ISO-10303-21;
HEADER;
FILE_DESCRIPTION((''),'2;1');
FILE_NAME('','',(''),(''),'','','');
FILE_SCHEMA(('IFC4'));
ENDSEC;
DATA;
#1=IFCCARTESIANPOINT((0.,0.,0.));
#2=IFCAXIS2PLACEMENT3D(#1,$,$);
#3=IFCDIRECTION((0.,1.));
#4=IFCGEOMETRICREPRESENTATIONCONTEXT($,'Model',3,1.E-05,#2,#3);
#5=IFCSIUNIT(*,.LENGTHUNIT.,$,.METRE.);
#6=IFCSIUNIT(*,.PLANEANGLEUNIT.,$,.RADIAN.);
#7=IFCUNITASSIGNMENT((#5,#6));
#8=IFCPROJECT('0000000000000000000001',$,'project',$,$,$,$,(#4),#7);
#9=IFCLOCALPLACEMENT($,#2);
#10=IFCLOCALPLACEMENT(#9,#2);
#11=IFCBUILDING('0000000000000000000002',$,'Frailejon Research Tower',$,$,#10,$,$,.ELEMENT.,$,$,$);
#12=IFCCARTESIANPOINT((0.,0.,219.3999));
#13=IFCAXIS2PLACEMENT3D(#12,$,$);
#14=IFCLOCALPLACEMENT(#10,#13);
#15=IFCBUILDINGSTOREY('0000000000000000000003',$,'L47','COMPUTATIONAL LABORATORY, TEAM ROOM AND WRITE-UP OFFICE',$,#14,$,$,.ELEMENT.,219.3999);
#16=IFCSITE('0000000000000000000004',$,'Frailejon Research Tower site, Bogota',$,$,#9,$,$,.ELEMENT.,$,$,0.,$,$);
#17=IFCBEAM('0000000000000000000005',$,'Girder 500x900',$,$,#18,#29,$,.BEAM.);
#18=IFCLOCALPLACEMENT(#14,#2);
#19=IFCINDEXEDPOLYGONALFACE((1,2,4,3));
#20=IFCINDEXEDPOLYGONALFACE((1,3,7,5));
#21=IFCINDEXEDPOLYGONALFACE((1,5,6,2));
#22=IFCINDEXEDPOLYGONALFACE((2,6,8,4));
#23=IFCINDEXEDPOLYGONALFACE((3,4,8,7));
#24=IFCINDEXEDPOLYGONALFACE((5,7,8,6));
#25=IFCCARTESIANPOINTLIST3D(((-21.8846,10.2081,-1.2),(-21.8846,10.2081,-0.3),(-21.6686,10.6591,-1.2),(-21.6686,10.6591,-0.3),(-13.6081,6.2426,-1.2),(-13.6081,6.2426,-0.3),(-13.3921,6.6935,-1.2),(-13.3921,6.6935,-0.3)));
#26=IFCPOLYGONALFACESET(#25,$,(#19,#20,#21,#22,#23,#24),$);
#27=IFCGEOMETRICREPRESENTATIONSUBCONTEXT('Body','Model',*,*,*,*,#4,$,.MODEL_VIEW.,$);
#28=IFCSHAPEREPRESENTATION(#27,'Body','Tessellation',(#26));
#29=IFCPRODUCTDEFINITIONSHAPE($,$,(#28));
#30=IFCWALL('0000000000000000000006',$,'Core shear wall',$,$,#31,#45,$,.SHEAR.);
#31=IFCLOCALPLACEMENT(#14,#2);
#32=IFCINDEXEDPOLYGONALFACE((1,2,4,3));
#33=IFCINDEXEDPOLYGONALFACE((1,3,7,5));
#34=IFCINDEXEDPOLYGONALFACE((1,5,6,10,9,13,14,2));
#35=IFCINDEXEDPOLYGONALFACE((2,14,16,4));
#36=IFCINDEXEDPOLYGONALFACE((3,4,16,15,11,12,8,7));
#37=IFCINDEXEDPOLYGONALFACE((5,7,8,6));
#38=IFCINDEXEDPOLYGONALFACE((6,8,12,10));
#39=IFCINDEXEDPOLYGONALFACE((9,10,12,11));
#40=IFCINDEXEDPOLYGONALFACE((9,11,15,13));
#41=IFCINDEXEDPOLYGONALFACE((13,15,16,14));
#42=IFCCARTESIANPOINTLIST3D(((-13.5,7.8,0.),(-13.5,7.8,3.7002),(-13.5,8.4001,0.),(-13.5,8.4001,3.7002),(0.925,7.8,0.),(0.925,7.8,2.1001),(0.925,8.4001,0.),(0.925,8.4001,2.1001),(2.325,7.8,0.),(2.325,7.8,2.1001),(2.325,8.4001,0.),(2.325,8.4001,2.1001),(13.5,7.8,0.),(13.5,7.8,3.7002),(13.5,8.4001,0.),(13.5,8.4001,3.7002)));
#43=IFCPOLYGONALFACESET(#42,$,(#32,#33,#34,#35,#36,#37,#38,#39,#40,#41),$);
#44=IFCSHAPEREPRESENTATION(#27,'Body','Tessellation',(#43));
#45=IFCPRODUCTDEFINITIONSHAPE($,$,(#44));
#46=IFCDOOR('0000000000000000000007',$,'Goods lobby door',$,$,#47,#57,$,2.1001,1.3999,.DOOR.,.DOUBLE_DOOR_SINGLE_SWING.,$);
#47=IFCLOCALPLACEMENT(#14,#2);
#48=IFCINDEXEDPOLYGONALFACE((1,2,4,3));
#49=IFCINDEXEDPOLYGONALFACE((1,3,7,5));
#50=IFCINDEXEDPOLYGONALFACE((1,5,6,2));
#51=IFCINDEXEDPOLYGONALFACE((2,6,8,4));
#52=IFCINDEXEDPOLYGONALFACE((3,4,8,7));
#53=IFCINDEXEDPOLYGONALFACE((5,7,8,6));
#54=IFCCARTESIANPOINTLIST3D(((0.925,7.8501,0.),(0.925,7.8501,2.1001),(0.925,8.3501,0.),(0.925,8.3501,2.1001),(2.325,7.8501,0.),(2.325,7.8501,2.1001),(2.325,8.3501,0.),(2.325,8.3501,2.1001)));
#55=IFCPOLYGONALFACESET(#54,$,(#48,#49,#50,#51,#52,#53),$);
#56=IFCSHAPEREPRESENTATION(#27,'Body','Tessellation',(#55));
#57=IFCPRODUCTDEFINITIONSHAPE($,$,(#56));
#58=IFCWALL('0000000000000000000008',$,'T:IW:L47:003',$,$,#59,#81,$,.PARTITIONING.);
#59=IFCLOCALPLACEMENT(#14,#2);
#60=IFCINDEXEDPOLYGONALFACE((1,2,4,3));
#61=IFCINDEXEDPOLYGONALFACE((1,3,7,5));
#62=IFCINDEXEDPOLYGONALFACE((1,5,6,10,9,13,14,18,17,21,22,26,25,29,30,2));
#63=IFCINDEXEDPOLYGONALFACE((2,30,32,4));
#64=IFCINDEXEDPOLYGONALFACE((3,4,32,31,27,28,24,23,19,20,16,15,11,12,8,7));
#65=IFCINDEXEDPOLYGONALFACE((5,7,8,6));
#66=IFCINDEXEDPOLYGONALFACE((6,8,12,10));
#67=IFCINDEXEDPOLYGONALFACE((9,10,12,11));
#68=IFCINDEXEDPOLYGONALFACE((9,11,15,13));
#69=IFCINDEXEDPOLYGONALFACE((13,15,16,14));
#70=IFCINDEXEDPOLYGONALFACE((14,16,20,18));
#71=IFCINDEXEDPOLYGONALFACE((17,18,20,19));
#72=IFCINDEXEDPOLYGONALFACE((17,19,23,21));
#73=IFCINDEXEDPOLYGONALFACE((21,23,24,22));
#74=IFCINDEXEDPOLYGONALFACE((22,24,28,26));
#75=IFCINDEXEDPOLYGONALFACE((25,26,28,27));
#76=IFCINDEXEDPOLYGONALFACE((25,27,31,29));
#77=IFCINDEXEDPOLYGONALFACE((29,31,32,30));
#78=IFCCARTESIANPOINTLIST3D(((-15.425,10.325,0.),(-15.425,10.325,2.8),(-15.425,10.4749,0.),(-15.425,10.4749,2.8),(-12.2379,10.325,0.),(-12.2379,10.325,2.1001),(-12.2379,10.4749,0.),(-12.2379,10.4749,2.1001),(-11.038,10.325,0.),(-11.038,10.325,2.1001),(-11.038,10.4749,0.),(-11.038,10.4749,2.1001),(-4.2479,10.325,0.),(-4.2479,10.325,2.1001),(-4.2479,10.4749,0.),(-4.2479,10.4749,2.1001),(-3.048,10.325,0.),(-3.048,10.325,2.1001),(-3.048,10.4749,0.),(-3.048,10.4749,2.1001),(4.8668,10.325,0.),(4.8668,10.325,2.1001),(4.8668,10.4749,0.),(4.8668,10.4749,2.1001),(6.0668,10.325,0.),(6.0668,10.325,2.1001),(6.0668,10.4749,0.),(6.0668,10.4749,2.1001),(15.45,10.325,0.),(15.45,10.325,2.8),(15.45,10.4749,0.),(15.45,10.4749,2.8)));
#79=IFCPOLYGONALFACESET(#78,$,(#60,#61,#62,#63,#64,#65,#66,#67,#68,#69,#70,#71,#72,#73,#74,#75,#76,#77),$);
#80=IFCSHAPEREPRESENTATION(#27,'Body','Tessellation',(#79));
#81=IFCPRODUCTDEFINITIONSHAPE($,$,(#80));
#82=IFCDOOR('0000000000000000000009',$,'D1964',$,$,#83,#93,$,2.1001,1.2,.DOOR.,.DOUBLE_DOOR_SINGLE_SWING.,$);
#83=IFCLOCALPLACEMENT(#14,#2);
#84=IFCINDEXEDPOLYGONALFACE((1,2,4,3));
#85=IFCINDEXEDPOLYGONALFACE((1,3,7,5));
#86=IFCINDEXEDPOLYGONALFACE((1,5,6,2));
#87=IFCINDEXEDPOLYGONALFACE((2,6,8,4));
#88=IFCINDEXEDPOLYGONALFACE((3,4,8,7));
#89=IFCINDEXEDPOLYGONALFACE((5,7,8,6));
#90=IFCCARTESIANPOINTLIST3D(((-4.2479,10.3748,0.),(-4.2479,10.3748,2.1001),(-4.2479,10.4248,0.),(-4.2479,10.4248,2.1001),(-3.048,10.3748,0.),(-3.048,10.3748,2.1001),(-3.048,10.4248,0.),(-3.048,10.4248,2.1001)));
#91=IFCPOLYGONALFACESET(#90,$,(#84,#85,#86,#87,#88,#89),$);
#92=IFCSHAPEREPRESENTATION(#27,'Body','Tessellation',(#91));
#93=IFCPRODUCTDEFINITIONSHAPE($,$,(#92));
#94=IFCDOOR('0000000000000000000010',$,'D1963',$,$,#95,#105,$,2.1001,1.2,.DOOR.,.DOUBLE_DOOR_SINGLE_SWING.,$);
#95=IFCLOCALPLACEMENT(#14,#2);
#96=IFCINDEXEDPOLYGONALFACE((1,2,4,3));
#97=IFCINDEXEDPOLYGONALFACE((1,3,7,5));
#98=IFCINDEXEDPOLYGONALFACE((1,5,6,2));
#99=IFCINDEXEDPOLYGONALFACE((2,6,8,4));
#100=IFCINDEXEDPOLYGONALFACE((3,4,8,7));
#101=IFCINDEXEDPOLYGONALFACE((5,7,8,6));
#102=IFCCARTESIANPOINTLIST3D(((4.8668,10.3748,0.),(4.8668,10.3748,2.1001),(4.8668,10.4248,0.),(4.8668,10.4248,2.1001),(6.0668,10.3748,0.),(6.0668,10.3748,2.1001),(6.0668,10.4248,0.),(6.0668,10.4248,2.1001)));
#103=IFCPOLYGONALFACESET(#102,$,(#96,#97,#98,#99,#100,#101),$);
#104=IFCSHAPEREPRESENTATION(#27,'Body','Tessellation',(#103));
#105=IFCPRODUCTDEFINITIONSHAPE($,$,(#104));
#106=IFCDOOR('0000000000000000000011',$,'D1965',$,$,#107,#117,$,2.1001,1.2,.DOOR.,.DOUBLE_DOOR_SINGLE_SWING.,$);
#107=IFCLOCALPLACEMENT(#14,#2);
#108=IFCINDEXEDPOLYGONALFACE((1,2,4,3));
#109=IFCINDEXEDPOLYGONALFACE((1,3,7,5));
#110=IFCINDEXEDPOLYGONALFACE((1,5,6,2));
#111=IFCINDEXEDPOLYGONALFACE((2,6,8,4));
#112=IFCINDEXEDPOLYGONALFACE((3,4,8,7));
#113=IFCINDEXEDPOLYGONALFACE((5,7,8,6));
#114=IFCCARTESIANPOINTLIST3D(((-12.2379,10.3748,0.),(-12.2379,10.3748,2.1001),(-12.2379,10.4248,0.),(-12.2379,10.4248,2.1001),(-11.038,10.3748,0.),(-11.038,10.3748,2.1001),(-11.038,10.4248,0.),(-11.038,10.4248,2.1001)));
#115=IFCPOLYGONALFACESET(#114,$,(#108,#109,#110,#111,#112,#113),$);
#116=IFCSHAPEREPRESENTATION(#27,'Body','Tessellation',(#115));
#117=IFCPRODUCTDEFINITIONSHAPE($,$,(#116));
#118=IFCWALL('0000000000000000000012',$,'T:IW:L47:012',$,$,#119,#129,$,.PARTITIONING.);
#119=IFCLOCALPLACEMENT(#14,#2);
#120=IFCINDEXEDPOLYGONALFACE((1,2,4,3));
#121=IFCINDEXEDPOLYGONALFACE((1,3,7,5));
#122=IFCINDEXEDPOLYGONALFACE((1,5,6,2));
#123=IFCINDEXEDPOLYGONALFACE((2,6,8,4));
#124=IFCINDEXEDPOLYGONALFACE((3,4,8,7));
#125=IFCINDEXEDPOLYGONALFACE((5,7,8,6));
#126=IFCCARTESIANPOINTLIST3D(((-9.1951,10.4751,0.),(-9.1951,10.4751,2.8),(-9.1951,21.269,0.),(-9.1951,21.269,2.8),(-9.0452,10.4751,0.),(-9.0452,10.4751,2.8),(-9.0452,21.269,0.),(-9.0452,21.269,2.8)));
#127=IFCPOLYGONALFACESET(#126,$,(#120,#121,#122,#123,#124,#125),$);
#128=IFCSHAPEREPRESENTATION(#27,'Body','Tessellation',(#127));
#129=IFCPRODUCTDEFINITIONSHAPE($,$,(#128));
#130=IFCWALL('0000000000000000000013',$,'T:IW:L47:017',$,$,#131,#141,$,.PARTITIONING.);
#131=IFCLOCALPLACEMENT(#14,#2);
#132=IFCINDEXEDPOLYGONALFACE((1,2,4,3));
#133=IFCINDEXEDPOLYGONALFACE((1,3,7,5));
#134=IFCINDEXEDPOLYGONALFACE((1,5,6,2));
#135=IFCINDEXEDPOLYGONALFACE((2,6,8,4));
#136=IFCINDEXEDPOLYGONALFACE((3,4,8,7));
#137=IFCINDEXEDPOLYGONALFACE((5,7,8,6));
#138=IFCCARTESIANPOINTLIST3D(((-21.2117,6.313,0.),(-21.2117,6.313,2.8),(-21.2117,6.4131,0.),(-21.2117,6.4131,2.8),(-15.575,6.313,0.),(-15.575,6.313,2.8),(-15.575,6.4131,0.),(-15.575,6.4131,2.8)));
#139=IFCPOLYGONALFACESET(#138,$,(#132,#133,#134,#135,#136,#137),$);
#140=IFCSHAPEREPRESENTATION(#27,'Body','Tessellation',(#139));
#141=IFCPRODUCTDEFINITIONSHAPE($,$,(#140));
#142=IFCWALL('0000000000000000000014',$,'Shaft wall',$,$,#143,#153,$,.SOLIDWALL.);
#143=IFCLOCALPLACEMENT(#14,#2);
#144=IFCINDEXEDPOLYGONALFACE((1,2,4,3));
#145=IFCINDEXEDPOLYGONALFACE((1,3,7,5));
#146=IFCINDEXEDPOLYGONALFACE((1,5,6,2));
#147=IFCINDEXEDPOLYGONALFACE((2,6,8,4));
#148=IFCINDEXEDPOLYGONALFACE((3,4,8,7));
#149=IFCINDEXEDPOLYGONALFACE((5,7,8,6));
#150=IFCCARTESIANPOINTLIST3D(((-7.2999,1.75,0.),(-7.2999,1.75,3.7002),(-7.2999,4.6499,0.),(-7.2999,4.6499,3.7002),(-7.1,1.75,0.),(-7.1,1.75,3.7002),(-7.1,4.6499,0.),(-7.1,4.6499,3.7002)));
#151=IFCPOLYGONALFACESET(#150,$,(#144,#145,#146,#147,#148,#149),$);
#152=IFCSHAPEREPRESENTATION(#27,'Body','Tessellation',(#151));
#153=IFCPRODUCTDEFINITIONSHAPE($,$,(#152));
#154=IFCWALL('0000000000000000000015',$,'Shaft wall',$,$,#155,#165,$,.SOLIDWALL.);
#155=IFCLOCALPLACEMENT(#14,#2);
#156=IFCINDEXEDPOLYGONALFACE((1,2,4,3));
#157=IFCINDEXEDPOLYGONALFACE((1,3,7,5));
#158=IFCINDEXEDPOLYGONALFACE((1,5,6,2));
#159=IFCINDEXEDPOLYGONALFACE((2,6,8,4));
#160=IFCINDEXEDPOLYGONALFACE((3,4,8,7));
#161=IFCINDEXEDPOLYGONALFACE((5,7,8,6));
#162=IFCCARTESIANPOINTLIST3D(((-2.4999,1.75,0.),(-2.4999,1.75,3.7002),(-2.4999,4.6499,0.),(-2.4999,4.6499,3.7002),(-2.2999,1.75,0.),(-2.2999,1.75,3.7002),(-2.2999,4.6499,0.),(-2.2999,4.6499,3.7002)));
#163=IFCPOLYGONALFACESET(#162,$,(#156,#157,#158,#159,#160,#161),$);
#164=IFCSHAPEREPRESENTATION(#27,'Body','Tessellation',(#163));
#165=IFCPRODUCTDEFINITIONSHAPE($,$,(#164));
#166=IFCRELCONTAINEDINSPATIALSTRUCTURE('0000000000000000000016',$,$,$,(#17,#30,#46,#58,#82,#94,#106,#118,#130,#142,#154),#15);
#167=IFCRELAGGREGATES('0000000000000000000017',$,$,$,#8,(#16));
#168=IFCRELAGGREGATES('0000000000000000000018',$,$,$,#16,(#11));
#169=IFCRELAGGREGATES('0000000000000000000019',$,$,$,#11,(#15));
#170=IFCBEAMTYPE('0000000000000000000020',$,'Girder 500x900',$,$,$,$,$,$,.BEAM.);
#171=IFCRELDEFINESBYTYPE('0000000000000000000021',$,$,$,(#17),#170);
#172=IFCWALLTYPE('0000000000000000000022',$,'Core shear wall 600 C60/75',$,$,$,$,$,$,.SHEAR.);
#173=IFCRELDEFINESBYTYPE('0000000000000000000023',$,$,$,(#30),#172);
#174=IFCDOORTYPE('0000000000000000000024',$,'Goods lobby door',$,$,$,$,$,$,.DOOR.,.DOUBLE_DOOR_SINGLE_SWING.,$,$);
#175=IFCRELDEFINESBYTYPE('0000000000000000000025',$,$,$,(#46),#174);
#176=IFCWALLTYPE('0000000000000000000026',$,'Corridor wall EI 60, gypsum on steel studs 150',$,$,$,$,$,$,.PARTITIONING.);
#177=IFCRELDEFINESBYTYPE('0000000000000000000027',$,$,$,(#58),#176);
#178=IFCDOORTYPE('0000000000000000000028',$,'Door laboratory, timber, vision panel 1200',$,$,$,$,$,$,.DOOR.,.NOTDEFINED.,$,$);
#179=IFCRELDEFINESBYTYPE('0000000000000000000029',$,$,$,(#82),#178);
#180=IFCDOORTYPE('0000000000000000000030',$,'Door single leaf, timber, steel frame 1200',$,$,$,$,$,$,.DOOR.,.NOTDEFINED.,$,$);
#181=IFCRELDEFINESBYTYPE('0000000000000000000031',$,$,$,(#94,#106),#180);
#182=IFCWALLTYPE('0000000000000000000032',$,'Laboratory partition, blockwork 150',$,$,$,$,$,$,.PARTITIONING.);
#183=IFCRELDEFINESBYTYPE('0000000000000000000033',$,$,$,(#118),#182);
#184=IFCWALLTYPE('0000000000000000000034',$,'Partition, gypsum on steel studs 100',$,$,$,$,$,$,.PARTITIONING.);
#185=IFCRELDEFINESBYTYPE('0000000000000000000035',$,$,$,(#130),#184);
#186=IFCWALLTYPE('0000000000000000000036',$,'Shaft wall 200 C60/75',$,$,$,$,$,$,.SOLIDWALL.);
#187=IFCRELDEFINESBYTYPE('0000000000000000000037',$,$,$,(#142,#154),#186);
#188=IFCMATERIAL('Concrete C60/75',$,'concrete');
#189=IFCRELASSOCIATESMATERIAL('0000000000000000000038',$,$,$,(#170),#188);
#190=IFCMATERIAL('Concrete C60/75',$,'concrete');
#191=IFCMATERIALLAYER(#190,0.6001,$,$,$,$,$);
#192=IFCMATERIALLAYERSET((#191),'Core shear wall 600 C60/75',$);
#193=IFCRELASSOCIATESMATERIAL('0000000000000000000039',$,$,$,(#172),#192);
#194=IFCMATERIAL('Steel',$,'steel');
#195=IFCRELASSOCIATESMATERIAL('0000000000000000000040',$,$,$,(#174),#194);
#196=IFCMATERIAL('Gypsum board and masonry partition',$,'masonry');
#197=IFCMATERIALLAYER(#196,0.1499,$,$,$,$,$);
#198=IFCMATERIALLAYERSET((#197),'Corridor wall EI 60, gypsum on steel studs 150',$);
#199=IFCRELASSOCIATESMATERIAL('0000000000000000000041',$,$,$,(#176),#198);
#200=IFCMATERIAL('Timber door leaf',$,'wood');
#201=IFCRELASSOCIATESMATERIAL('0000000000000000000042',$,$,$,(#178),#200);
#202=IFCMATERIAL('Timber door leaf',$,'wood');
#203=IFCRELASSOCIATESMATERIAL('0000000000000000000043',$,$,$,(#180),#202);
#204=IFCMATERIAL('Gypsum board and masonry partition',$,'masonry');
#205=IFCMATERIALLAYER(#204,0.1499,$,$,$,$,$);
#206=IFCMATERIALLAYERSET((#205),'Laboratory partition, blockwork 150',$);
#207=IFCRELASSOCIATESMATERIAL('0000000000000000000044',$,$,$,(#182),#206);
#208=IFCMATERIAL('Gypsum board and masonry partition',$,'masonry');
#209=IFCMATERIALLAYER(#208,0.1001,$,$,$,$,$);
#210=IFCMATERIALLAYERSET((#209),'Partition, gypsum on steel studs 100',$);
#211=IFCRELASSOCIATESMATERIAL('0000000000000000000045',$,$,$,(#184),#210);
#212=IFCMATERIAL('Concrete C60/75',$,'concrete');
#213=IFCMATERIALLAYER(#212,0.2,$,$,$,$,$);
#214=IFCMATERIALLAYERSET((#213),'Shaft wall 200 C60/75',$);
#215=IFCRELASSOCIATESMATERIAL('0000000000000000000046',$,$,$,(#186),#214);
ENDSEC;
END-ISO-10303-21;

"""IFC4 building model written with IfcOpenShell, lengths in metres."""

from ifc_helpers import new_model, si_unit, direction, frame, frame_2d, origin, origin_2d, place, context, subcontext, project, spatial, rectangle, extrude, material, layer, layer_set, material_profile, profile_set, type_object, element, fill, save


model = new_model("IFC4")

# Units and contexts
model_context = context("Model", 3, precision=1e-05, world=origin(), true_north=direction((0.0, 1.0)))
body_context = subcontext(model_context, "Body", "Model", "MODEL_VIEW")
ifc_project = project(units=[si_unit("LENGTHUNIT", "METRE"), si_unit("PLANEANGLEUNIT", "RADIAN")], contexts=[model_context])

# Site, building, storey
site_placement = place(None, origin())
site = spatial("IfcSite", under=ifc_project, at=site_placement, Name="Frailejon Research Tower site, Bogota", CompositionType="ELEMENT", RefElevation=0.0)
building_placement = place(site_placement, origin())
building = spatial("IfcBuilding", under=site, at=building_placement, Name="Frailejon Research Tower", CompositionType="ELEMENT")
storey_placement = place(building_placement, frame((0.0, 0.0, 219.3999)))
storey = spatial("IfcBuildingStorey", under=building, at=storey_placement, Name="L47", Description="COMPUTATIONAL LABORATORY, TEAM ROOM AND WRITE-UP OFFICE", CompositionType="ELEMENT", Elevation=219.3999)

# Beam
ifc_material_1 = material(Name="Concrete C60/75", Category="concrete")
ifc_material_profile = material_profile(ifc_material_1, rectangle(XDim=0.5, YDim=0.8999, at=origin_2d()), Name="Girder 500x900")
ifc_profile_set = profile_set([ifc_material_profile], Name="Concrete C60/75")
beam_type = type_object("IfcBeamType", Name="Girder 500x900", PredefinedType="BEAM", material=ifc_profile_set)
beam_placement = place(storey_placement, frame((-21.7766, 10.4336, -0.75), z_axis=(0.901829, -0.432094, 0.0), x_axis=(0.432094, 0.901829, 0.0)))
element("IfcBeam", 1, at=beam_placement, inside=storey, type_object=beam_type, Name="Girder 500x900", PredefinedType="BEAM", context=body_context, shape_type="SweptSolid", body=[
    extrude(rectangle(XDim=0.5, YDim=0.8999, at=origin_2d()), origin(), (0.0, 0.0, 1.0), 9.1775),
])

# Wall, opening, door
ifc_material_2 = material(Name="Concrete C60/75", Category="concrete")
ifc_layer_1 = layer(ifc_material_2, 0.6001)
ifc_layer_set_1 = layer_set([ifc_layer_1], Name="Core shear wall 600 C60/75")
wall_type_1 = type_object("IfcWallType", Name="Core shear wall 600 C60/75", PredefinedType="SHEAR", material=ifc_layer_set_1)
wall_1_placement = place(storey_placement, frame((-13.5, 8.1001, 0.0), z_axis=(0.0, 0.0, 1.0), x_axis=(1.0, 0.0, 0.0)))
wall_1 = element("IfcWall", 2, at=wall_1_placement, inside=storey, type_object=wall_type_1, Name="Core shear wall", PredefinedType="SHEAR", context=body_context, shape_type="SweptSolid", body=[
    extrude(rectangle(XDim=27.0, YDim=0.6001, at=frame_2d((13.5, 0.0))), origin(), (0.0, 0.0, 1.0), 3.7002),
])
opening_1_placement = place(wall_1_placement, frame((14.425, 0.0, 0.0)))
opening_1 = element("IfcOpeningElement", 3, at=opening_1_placement, cuts=wall_1, PredefinedType="OPENING", context=body_context, shape_type="SweptSolid", body=[
    extrude(rectangle(XDim=1.3999, YDim=2.1001, at=frame_2d((0.7, 1.05))), frame((0.0, 0.3101, 0.0), z_axis=(0.0, -1.0, 0.0), x_axis=(1.0, 0.0, 0.0)), (0.0, 0.0, 1.0), 0.6201),
])
ifc_material_3 = material(Name="Steel", Category="steel")
door_type_1 = type_object("IfcDoorType", Name="Goods lobby door", OperationType="DOUBLE_DOOR_SINGLE_SWING", PredefinedType="DOOR", material=ifc_material_3)
door_1_placement = place(opening_1_placement, origin())
door_1 = element("IfcDoor", 4, at=door_1_placement, inside=storey, type_object=door_type_1, Name="Goods lobby door", OperationType="DOUBLE_DOOR_SINGLE_SWING", OverallHeight=2.1001, OverallWidth=1.3999, PredefinedType="DOOR", context=body_context, shape_type="SweptSolid", body=[
    extrude(rectangle(XDim=1.3999, YDim=2.1001, at=frame_2d((0.7, 1.05))), frame((0.0, 0.25, 0.0), z_axis=(0.0, -1.0, 0.0), x_axis=(1.0, 0.0, 0.0)), (0.0, 0.0, 1.0), 0.5),
])
fill(opening_1, door_1)

# Wall, openings, doors
ifc_material_4 = material(Name="Gypsum board and masonry partition", Category="masonry")
ifc_layer_2 = layer(ifc_material_4, 0.1499)
ifc_layer_set_2 = layer_set([ifc_layer_2], Name="Corridor wall EI 60, gypsum on steel studs 150")
wall_type_2 = type_object("IfcWallType", Name="Corridor wall EI 60, gypsum on steel studs 150", PredefinedType="PARTITIONING", material=ifc_layer_set_2)
wall_2_placement = place(storey_placement, frame((-15.425, 10.3999, 0.0), z_axis=(0.0, 0.0, 1.0), x_axis=(1.0, 0.0, 0.0)))
wall_2 = element("IfcWall", 5, at=wall_2_placement, inside=storey, type_object=wall_type_2, Name="T:IW:L47:003", PredefinedType="PARTITIONING", context=body_context, shape_type="SweptSolid", body=[
    extrude(rectangle(XDim=30.875, YDim=0.1499, at=frame_2d((15.4375, 0.0))), origin(), (0.0, 0.0, 1.0), 2.8),
])
opening_2_placement = place(wall_2_placement, frame((20.2917, 0.0, 0.0)))
opening_2 = element("IfcOpeningElement", 6, at=opening_2_placement, cuts=wall_2, PredefinedType="OPENING", context=body_context, shape_type="SweptSolid", body=[
    extrude(rectangle(XDim=1.2, YDim=2.1001, at=frame_2d((0.6001, 1.05))), frame((0.0, 0.085, 0.0), z_axis=(0.0, -1.0, 0.0), x_axis=(1.0, 0.0, 0.0)), (0.0, 0.0, 1.0), 0.1699),
])
opening_3_placement = place(wall_2_placement, frame((11.177, 0.0, 0.0)))
opening_3 = element("IfcOpeningElement", 7, at=opening_3_placement, cuts=wall_2, PredefinedType="OPENING", context=body_context, shape_type="SweptSolid", body=[
    extrude(rectangle(XDim=1.2, YDim=2.1001, at=frame_2d((0.6001, 1.05))), frame((0.0, 0.085, 0.0), z_axis=(0.0, -1.0, 0.0), x_axis=(1.0, 0.0, 0.0)), (0.0, 0.0, 1.0), 0.1699),
])
opening_4_placement = place(wall_2_placement, frame((3.187, 0.0, 0.0)))
opening_4 = element("IfcOpeningElement", 8, at=opening_4_placement, cuts=wall_2, PredefinedType="OPENING", context=body_context, shape_type="SweptSolid", body=[
    extrude(rectangle(XDim=1.2, YDim=2.1001, at=frame_2d((0.6001, 1.05))), frame((0.0, 0.085, 0.0), z_axis=(0.0, -1.0, 0.0), x_axis=(1.0, 0.0, 0.0)), (0.0, 0.0, 1.0), 0.1699),
])
ifc_material_5 = material(Name="Timber door leaf", Category="wood")
door_type_2 = type_object("IfcDoorType", Name="Door laboratory, timber, vision panel 1200", OperationType="NOTDEFINED", PredefinedType="DOOR", material=ifc_material_5)
door_2_placement = place(opening_3_placement, origin())
door_2 = element("IfcDoor", 9, at=door_2_placement, inside=storey, type_object=door_type_2, Name="D1964", OperationType="DOUBLE_DOOR_SINGLE_SWING", OverallHeight=2.1001, OverallWidth=1.2, PredefinedType="DOOR", context=body_context, shape_type="SweptSolid", body=[
    extrude(rectangle(XDim=1.2, YDim=2.1001, at=frame_2d((0.6001, 1.05))), frame((0.0, 0.0249, 0.0), z_axis=(0.0, -1.0, 0.0), x_axis=(1.0, 0.0, 0.0)), (0.0, 0.0, 1.0), 0.05),
])
fill(opening_3, door_2)
ifc_material_6 = material(Name="Timber door leaf", Category="wood")
door_type_3 = type_object("IfcDoorType", Name="Door single leaf, timber, steel frame 1200", OperationType="NOTDEFINED", PredefinedType="DOOR", material=ifc_material_6)
door_3_placement = place(opening_2_placement, origin())
door_3 = element("IfcDoor", 10, at=door_3_placement, inside=storey, type_object=door_type_3, Name="D1963", OperationType="DOUBLE_DOOR_SINGLE_SWING", OverallHeight=2.1001, OverallWidth=1.2, PredefinedType="DOOR", context=body_context, shape_type="SweptSolid", body=[
    extrude(rectangle(XDim=1.2, YDim=2.1001, at=frame_2d((0.6001, 1.05))), frame((0.0, 0.0249, 0.0), z_axis=(0.0, -1.0, 0.0), x_axis=(1.0, 0.0, 0.0)), (0.0, 0.0, 1.0), 0.05),
])
fill(opening_2, door_3)
door_4_placement = place(opening_4_placement, origin())
door_4 = element("IfcDoor", 11, at=door_4_placement, inside=storey, type_object=door_type_3, Name="D1965", OperationType="DOUBLE_DOOR_SINGLE_SWING", OverallHeight=2.1001, OverallWidth=1.2, PredefinedType="DOOR", context=body_context, shape_type="SweptSolid", body=[
    extrude(rectangle(XDim=1.2, YDim=2.1001, at=frame_2d((0.6001, 1.05))), frame((0.0, 0.0249, 0.0), z_axis=(0.0, -1.0, 0.0), x_axis=(1.0, 0.0, 0.0)), (0.0, 0.0, 1.0), 0.05),
])
fill(opening_4, door_4)

# Walls
ifc_material_7 = material(Name="Gypsum board and masonry partition", Category="masonry")
ifc_layer_3 = layer(ifc_material_7, 0.1499)
ifc_layer_set_3 = layer_set([ifc_layer_3], Name="Laboratory partition, blockwork 150")
wall_type_3 = type_object("IfcWallType", Name="Laboratory partition, blockwork 150", PredefinedType="PARTITIONING", material=ifc_layer_set_3)
wall_3_placement = place(storey_placement, frame((-9.1201, 10.4751, 0.0), z_axis=(0.0, 0.0, 1.0), x_axis=(0.0, 1.0, 0.0)))
element("IfcWall", 12, at=wall_3_placement, inside=storey, type_object=wall_type_3, Name="T:IW:L47:012", PredefinedType="PARTITIONING", context=body_context, shape_type="SweptSolid", body=[
    extrude(rectangle(XDim=10.7939, YDim=0.1499, at=frame_2d((5.397, 0.0))), origin(), (0.0, 0.0, 1.0), 2.8),
])
ifc_material_8 = material(Name="Gypsum board and masonry partition", Category="masonry")
ifc_layer_4 = layer(ifc_material_8, 0.1001)
ifc_layer_set_4 = layer_set([ifc_layer_4], Name="Partition, gypsum on steel studs 100")
wall_type_4 = type_object("IfcWallType", Name="Partition, gypsum on steel studs 100", PredefinedType="PARTITIONING", material=ifc_layer_set_4)
wall_4_placement = place(storey_placement, frame((-21.2117, 6.363, 0.0), z_axis=(0.0, 0.0, 1.0), x_axis=(1.0, 0.0, 0.0)))
element("IfcWall", 13, at=wall_4_placement, inside=storey, type_object=wall_type_4, Name="T:IW:L47:017", PredefinedType="PARTITIONING", context=body_context, shape_type="SweptSolid", body=[
    extrude(rectangle(XDim=5.6367, YDim=0.1001, at=frame_2d((2.8184, 0.0))), origin(), (0.0, 0.0, 1.0), 2.8),
])
ifc_material_9 = material(Name="Concrete C60/75", Category="concrete")
ifc_layer_5 = layer(ifc_material_9, 0.2)
ifc_layer_set_5 = layer_set([ifc_layer_5], Name="Shaft wall 200 C60/75")
wall_type_5 = type_object("IfcWallType", Name="Shaft wall 200 C60/75", PredefinedType="SOLIDWALL", material=ifc_layer_set_5)
for number, where, z_axis, x_axis, name in (
    (14, (-7.2, 1.75, 0.0), (0.0, 0.0, 1.0), (0.0, 1.0, 0.0), "Shaft wall"),
    (15, (-2.3999, 1.75, 0.0), (0.0, 0.0, 1.0), (0.0, 1.0, 0.0), "Shaft wall"),
):
    element("IfcWall", number, at=place(storey_placement, frame(where, z_axis=z_axis, x_axis=x_axis)), inside=storey, type_object=wall_type_5, Name=name, PredefinedType="SOLIDWALL", context=body_context, shape_type="SweptSolid", body=[
        extrude(rectangle(XDim=2.8999, YDim=0.2, at=frame_2d((1.45, 0.0))), origin(), (0.0, 0.0, 1.0), 3.7002),
    ])

save(model, "model.ifc")
